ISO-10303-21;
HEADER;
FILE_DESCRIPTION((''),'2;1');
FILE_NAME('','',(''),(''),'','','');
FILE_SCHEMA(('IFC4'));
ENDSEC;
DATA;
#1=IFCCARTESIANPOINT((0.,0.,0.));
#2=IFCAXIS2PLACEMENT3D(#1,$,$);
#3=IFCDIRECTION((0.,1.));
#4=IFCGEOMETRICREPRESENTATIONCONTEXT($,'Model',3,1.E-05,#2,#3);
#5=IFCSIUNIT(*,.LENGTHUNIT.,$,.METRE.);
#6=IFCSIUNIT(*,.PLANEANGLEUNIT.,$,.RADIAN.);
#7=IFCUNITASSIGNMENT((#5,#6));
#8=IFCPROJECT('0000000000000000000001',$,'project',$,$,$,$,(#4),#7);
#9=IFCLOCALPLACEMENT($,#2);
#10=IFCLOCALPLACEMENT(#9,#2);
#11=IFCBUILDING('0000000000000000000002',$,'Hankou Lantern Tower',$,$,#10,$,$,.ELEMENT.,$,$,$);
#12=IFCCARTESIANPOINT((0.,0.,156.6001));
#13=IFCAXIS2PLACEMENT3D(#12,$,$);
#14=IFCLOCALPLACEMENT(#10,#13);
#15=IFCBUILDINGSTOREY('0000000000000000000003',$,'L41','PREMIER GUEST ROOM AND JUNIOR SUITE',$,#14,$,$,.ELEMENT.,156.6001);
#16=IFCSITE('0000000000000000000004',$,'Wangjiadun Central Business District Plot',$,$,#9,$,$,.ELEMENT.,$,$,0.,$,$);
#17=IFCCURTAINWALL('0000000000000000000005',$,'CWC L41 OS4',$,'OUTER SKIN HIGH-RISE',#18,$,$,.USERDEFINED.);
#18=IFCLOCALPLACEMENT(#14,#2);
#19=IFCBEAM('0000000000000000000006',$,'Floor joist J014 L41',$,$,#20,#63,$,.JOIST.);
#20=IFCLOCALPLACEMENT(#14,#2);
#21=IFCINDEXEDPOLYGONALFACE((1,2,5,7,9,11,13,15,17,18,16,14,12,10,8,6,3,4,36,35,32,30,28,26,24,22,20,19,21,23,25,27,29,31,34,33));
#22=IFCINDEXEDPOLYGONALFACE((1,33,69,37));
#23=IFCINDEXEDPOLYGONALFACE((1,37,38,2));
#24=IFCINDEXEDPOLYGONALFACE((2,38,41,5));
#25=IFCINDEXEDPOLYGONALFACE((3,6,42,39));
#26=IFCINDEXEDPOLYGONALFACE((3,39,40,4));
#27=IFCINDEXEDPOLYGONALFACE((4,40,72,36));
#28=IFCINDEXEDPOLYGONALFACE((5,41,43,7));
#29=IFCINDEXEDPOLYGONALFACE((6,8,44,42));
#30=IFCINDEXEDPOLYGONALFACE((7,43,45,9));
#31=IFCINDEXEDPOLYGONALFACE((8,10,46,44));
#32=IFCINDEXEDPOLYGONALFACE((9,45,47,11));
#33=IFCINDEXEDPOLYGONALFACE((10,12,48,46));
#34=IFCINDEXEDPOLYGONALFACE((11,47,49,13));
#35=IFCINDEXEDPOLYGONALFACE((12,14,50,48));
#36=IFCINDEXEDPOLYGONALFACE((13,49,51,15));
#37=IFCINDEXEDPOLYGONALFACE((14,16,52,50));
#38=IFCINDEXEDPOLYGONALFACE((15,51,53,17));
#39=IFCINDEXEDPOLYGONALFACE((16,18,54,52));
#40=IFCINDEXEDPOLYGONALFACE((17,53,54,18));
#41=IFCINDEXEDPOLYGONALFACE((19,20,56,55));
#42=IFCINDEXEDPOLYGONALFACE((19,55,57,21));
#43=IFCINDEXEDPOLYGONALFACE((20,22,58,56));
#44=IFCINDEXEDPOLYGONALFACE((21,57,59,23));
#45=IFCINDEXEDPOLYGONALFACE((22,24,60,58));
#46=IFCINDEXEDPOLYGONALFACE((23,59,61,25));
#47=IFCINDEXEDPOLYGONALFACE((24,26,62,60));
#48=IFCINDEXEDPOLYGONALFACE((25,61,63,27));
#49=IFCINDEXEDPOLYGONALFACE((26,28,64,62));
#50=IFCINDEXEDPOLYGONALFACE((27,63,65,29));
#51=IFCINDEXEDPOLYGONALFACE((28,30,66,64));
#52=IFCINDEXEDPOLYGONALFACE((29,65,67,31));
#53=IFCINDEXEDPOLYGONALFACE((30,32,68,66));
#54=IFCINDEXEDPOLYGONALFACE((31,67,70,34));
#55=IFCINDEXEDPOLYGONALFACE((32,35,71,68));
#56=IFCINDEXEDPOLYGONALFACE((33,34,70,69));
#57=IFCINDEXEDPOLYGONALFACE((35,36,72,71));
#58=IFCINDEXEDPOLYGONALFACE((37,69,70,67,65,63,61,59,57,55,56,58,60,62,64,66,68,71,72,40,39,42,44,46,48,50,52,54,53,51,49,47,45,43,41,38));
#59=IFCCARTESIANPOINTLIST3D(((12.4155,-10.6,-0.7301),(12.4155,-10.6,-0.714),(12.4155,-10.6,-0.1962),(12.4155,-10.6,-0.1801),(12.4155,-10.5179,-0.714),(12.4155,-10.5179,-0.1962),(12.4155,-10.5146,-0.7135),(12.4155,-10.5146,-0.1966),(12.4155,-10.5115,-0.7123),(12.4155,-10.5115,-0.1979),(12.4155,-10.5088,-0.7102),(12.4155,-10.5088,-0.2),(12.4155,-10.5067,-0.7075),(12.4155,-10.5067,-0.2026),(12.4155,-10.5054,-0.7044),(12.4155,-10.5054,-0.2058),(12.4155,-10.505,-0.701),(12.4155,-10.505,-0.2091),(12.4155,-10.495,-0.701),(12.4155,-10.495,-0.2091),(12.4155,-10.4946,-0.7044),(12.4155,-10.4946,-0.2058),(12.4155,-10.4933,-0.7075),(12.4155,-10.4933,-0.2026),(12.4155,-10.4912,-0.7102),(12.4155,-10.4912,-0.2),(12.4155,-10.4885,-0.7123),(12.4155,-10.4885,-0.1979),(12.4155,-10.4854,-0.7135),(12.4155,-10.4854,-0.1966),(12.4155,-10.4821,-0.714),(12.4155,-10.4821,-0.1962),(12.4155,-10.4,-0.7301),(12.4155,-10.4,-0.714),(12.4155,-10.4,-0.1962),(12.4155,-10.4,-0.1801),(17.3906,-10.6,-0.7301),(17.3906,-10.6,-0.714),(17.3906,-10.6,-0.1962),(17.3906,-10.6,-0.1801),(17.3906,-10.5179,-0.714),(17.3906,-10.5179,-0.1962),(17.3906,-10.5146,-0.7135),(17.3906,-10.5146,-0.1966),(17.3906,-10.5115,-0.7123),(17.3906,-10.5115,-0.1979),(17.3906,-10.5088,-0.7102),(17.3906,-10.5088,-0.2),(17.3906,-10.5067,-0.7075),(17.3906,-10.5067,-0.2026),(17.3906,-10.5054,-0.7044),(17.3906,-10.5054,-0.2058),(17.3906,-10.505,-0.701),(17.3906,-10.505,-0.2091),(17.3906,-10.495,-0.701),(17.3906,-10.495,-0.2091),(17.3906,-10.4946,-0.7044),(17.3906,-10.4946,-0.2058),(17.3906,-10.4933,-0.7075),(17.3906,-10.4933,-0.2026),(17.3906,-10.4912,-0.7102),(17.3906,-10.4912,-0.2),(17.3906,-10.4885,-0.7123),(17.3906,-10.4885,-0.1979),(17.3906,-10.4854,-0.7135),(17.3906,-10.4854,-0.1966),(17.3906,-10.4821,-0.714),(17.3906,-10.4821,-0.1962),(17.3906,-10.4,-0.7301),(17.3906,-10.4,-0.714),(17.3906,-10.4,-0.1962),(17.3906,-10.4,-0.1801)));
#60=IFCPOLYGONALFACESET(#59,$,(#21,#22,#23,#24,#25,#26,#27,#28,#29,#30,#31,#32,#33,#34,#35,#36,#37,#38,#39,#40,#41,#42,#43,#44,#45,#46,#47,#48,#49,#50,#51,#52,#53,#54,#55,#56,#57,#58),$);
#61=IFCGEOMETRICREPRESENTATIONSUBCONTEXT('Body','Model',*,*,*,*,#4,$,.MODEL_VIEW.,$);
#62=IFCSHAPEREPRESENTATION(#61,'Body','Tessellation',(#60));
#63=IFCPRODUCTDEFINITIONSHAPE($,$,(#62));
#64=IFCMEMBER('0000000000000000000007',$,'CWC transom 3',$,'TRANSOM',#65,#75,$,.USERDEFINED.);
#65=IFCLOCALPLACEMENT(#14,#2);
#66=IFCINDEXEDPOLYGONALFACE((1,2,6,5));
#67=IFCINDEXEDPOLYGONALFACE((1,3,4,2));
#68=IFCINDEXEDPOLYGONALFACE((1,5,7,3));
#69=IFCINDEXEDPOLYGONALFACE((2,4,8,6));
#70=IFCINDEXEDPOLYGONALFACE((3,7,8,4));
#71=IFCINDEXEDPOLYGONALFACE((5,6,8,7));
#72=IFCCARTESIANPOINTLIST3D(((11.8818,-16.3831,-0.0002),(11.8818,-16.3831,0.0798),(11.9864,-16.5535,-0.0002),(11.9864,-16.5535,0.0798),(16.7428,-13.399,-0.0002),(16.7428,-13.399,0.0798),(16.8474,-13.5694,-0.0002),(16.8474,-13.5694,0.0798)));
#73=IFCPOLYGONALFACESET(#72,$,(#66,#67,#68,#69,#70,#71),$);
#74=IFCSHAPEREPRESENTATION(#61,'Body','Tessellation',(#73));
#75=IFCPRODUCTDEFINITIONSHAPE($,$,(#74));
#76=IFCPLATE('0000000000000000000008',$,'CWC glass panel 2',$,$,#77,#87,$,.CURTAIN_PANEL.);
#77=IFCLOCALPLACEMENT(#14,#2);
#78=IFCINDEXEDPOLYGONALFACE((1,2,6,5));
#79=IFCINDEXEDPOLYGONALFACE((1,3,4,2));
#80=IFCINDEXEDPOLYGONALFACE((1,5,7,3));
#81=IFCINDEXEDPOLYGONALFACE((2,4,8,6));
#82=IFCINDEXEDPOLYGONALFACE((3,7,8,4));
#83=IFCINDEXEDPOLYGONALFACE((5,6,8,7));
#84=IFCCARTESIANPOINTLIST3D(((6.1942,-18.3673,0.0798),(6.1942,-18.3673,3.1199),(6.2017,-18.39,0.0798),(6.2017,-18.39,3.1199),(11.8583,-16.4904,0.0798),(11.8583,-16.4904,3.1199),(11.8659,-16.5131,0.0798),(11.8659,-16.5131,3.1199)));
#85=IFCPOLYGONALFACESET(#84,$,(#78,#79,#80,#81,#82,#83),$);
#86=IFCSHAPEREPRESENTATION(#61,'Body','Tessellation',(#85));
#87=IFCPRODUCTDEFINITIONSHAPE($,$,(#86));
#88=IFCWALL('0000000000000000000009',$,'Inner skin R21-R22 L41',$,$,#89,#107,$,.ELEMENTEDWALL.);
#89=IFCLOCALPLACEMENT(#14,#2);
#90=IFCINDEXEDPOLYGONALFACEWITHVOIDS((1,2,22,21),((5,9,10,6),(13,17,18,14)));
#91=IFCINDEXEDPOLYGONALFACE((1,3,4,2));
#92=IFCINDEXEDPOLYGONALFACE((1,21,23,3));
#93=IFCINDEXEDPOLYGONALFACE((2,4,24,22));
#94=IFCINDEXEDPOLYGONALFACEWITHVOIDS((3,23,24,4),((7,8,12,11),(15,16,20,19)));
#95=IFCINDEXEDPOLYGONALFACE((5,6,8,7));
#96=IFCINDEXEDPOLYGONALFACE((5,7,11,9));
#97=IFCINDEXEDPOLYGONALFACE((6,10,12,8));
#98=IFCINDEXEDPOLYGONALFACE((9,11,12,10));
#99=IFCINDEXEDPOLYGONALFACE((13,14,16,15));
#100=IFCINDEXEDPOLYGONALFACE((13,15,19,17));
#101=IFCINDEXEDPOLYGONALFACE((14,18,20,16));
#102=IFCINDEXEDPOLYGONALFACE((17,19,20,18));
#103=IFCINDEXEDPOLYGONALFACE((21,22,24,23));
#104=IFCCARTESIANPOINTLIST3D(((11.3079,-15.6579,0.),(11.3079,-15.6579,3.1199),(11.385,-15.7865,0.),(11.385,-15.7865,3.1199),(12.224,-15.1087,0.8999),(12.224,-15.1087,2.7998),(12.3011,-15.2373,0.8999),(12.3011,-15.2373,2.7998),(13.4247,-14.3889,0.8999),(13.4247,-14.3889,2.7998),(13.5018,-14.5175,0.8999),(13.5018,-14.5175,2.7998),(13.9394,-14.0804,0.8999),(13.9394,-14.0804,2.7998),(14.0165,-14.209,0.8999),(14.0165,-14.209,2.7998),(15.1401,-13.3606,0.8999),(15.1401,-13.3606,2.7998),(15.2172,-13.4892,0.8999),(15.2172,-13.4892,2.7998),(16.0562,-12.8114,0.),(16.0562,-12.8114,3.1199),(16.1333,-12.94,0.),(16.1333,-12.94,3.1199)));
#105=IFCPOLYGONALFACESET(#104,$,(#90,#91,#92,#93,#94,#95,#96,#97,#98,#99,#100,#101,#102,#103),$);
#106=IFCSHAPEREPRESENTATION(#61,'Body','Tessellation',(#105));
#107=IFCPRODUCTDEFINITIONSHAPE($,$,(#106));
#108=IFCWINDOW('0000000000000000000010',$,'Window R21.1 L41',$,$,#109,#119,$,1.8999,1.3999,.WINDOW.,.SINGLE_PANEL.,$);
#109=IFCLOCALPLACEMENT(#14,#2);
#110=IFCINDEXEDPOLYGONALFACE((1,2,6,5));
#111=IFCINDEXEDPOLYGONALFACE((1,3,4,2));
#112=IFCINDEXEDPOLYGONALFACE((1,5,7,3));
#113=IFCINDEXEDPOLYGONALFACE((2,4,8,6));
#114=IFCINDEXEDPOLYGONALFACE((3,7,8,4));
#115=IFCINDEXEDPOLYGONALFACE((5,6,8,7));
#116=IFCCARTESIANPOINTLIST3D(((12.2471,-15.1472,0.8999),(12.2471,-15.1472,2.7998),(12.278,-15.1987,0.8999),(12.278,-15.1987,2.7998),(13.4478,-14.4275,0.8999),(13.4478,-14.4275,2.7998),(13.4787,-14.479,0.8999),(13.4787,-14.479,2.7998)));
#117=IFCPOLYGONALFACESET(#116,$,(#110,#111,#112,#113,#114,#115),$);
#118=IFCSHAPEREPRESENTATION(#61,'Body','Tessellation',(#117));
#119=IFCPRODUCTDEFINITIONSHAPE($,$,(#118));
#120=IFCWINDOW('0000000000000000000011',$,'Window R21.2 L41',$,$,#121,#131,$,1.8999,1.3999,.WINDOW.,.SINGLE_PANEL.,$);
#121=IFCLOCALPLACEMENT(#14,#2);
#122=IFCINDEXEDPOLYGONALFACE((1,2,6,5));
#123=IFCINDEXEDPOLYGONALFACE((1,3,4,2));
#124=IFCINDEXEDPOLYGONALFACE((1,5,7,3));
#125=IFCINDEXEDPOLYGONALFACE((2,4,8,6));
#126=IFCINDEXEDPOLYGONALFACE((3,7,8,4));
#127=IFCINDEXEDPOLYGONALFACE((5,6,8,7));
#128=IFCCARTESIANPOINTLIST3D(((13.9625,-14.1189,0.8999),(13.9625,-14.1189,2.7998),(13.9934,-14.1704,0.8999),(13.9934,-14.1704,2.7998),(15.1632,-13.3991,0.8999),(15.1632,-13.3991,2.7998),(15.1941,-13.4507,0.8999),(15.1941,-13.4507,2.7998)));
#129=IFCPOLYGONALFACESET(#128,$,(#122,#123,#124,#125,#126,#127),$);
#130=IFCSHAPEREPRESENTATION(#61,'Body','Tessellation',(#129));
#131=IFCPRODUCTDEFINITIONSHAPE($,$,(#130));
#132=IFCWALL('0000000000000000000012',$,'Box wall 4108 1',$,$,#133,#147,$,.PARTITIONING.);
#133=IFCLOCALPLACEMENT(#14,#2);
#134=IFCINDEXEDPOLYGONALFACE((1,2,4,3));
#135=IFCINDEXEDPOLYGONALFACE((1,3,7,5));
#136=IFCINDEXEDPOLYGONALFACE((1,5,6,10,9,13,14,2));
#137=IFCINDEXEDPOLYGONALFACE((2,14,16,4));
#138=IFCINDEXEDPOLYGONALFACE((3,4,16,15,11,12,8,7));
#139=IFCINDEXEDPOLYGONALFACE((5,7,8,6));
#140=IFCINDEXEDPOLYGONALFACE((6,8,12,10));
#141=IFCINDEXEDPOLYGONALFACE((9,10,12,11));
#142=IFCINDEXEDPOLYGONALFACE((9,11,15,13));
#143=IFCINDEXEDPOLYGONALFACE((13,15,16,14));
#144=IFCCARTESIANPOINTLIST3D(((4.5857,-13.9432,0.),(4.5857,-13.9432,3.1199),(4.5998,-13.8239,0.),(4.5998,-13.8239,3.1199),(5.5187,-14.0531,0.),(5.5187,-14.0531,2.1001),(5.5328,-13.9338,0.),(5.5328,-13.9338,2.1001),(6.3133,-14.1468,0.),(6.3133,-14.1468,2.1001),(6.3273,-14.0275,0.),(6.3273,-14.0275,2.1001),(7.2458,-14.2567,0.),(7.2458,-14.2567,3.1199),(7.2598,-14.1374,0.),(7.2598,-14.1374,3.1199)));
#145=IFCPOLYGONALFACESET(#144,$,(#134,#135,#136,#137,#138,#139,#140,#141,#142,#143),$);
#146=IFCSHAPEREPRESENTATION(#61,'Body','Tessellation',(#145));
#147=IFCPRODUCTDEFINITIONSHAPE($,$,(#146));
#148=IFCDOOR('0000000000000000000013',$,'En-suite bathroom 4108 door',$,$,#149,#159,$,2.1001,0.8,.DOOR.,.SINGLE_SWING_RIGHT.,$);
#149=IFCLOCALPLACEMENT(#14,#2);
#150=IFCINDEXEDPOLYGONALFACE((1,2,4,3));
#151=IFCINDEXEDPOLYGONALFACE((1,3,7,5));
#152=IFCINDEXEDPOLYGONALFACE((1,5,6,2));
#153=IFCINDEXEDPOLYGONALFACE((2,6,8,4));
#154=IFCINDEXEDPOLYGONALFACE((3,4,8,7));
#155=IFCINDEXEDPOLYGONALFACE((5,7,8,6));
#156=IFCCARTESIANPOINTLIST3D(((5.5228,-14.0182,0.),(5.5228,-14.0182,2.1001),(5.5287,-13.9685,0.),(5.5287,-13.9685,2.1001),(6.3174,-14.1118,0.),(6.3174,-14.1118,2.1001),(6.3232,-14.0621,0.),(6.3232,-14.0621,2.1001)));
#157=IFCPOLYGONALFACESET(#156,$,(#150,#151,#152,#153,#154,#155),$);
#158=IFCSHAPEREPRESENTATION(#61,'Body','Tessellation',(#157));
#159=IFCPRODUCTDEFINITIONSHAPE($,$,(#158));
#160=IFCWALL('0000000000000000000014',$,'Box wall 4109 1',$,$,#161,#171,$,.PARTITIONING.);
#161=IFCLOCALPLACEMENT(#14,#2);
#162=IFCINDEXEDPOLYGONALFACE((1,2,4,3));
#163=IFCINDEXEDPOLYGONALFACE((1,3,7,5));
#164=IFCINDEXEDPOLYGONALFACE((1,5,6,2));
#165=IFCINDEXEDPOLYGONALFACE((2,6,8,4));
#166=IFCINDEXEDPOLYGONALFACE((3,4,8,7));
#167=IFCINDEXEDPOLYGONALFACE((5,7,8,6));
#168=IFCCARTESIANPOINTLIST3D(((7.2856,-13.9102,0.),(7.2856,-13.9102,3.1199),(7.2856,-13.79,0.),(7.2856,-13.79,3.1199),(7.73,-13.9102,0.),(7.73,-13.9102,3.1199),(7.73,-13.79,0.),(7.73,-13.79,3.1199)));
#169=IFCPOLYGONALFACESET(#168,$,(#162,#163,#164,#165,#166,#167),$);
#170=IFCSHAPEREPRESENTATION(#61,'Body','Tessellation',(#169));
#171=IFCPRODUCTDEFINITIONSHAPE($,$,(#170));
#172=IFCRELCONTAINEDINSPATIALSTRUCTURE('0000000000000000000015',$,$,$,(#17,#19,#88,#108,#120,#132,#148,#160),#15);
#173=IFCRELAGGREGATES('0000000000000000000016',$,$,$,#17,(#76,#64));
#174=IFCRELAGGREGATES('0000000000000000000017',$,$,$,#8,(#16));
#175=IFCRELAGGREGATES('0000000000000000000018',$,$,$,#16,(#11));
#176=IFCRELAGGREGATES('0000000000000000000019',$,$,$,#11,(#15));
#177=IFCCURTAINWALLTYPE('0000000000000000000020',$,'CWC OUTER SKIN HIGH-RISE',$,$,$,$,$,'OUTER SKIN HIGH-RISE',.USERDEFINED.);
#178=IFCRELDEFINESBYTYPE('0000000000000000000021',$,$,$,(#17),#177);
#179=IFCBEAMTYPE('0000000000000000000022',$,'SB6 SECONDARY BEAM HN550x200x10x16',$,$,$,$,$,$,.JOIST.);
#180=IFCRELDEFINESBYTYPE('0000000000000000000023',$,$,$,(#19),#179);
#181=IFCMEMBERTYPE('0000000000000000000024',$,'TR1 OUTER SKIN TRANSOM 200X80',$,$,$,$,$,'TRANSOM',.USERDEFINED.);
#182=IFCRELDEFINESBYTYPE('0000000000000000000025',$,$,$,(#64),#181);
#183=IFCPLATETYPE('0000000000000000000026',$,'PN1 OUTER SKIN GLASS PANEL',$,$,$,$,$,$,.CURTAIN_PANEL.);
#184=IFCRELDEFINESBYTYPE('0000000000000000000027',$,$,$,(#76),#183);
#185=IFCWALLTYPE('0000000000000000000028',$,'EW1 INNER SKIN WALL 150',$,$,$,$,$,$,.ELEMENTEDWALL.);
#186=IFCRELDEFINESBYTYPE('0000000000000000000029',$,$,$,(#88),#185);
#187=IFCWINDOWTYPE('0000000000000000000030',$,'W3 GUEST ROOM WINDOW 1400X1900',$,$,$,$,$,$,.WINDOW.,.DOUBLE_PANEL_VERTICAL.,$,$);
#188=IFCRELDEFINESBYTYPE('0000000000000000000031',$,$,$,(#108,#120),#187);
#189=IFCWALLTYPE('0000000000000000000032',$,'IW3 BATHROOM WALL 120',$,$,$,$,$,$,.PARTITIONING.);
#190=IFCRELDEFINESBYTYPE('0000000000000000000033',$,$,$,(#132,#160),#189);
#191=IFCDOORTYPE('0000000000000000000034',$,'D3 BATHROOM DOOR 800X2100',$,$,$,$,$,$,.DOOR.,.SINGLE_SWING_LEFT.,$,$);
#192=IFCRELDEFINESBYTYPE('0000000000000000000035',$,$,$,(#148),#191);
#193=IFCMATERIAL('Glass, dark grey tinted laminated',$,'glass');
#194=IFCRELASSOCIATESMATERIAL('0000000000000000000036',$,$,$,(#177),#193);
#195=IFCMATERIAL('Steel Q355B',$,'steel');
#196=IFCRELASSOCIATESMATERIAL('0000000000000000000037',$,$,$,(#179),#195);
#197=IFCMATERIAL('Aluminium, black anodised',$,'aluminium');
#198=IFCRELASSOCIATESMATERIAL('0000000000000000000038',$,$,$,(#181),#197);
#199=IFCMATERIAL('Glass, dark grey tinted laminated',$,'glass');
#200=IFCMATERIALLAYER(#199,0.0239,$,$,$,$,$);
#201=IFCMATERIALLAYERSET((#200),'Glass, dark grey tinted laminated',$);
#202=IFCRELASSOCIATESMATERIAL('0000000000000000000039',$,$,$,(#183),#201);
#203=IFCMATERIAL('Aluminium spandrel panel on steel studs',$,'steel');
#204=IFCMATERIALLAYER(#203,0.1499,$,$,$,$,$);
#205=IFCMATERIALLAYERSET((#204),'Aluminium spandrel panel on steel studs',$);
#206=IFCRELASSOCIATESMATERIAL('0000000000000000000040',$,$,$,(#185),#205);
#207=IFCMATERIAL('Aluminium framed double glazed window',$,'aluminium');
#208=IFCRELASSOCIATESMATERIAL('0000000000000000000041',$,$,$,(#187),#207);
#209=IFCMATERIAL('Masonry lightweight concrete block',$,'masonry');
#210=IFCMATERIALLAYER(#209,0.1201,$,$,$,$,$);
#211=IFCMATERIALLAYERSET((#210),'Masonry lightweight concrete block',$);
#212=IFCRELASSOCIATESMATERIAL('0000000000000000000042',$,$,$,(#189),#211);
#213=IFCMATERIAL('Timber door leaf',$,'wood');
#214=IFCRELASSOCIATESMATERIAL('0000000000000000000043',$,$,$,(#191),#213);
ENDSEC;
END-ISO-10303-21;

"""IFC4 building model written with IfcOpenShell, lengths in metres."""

from ifc_helpers import new_model, si_unit, direction, frame, frame_2d, origin, origin_2d, place, context, subcontext, project, spatial, rectangle, i_section, extrude, material, layer, layer_set, material_profile, profile_set, type_object, element, fill, aggregate, save


model = new_model("IFC4")

# Units and contexts
model_context = context("Model", 3, precision=1e-05, world=origin(), true_north=direction((0.0, 1.0)))
body_context = subcontext(model_context, "Body", "Model", "MODEL_VIEW")
ifc_project = project(units=[si_unit("LENGTHUNIT", "METRE"), si_unit("PLANEANGLEUNIT", "RADIAN")], contexts=[model_context])

# Site, building, storey
site_placement = place(None, origin())
site = spatial("IfcSite", under=ifc_project, at=site_placement, Name="Wangjiadun Central Business District Plot", CompositionType="ELEMENT", RefElevation=0.0)
building_placement = place(site_placement, origin())
building = spatial("IfcBuilding", under=site, at=building_placement, Name="Hankou Lantern Tower", CompositionType="ELEMENT")
storey_placement = place(building_placement, frame((0.0, 0.0, 156.6001)))
storey = spatial("IfcBuildingStorey", under=building, at=storey_placement, Name="L41", Description="PREMIER GUEST ROOM AND JUNIOR SUITE", CompositionType="ELEMENT", Elevation=156.6001)

# Curtain wall
ifc_material_1 = material(Name="Glass, dark grey tinted laminated", Category="glass")
curtain_wall_type = type_object("IfcCurtainWallType", Name="CWC OUTER SKIN HIGH-RISE", ElementType="OUTER SKIN HIGH-RISE", PredefinedType="USERDEFINED", material=ifc_material_1)
curtain_wall_placement = place(storey_placement, origin())
curtain_wall = element("IfcCurtainWall", 1, at=curtain_wall_placement, inside=storey, type_object=curtain_wall_type, Name="CWC L41 OS4", ObjectType="OUTER SKIN HIGH-RISE", PredefinedType="USERDEFINED")

# Beam
ifc_material_2 = material(Name="Steel Q355B", Category="steel")
ifc_material_profile_1 = material_profile(ifc_material_2, i_section(OverallWidth=0.2, OverallDepth=0.55, WebThickness=0.01, FlangeThickness=0.0161, FilletRadius=0.0129, at=origin_2d()), Name="HN550x200x10x16")
ifc_profile_set_1 = profile_set([ifc_material_profile_1], Name="Steel Q355B")
beam_type_1 = type_object("IfcBeamType", Name="SB6 SECONDARY BEAM HN550x200x10x16", PredefinedType="JOIST", material=ifc_profile_set_1)
beam_1_placement = place(storey_placement, frame((12.4155, -10.5, -0.4551), z_axis=(1.0, 0.0, 0.0), x_axis=(0.0, 1.0, 0.0)))
element("IfcBeam", 2, at=beam_1_placement, inside=storey, type_object=beam_type_1, Name="Floor joist J014 L41", PredefinedType="JOIST", context=body_context, shape_type="SweptSolid", body=[
    extrude(i_section(OverallWidth=0.2, OverallDepth=0.55, WebThickness=0.01, FlangeThickness=0.0161, FilletRadius=0.0129, at=origin_2d()), origin(), (0.0, 0.0, 1.0), 4.9751),
])

# Member
ifc_material_3 = material(Name="Aluminium, black anodised", Category="aluminium")
ifc_material_profile_2 = material_profile(ifc_material_3, rectangle(XDim=0.2, YDim=0.0801, at=origin_2d()), Name="TR1 200X80")
ifc_profile_set_2 = profile_set([ifc_material_profile_2], Name="Aluminium, black anodised")
member_type_1 = type_object("IfcMemberType", Name="TR1 OUTER SKIN TRANSOM 200X80", ElementType="TRANSOM", PredefinedType="USERDEFINED", material=ifc_profile_set_2)
member_1_placement = place(storey_placement, frame((11.9341, -16.4683, 0.0398), z_axis=(0.852229, 0.523168, 0.0), x_axis=(-0.523168, 0.852229, 0.0)))
member_1 = element("IfcMember", 3, at=member_1_placement, type_object=member_type_1, Name="CWC transom 3", ObjectType="TRANSOM", PredefinedType="USERDEFINED", context=body_context, shape_type="SweptSolid", body=[
    extrude(rectangle(XDim=0.2, YDim=0.0801, at=origin_2d()), origin(), (0.0, 0.0, 1.0), 5.7039),
])

# Plate
ifc_material_4 = material(Name="Glass, dark grey tinted laminated", Category="glass")
ifc_layer_1 = layer(ifc_material_4, 0.0239)
ifc_layer_set_1 = layer_set([ifc_layer_1], Name="Glass, dark grey tinted laminated")
plate_type = type_object("IfcPlateType", Name="PN1 OUTER SKIN GLASS PANEL", PredefinedType="CURTAIN_PANEL", material=ifc_layer_set_1)
plate_placement = place(storey_placement, frame((9.03, -17.4402, 0.0798), z_axis=(0.0, 0.0, 1.0), x_axis=(0.949241, 0.314551, 0.0)))
plate = element("IfcPlate", 4, at=plate_placement, type_object=plate_type, Name="CWC glass panel 2", PredefinedType="CURTAIN_PANEL", context=body_context, shape_type="SweptSolid", body=[
    extrude(rectangle(XDim=5.967, YDim=0.0239, at=origin_2d()), origin(), (0.0, 0.0, 1.0), 3.04),
])
aggregate(curtain_wall, [plate, member_1])

# Wall, openings, windows
ifc_material_5 = material(Name="Aluminium spandrel panel on steel studs", Category="steel")
ifc_layer_2 = layer(ifc_material_5, 0.1499)
ifc_layer_set_2 = layer_set([ifc_layer_2], Name="Aluminium spandrel panel on steel studs")
wall_type_1 = type_object("IfcWallType", Name="EW1 INNER SKIN WALL 150", PredefinedType="ELEMENTEDWALL", material=ifc_layer_set_2)
wall_1_placement = place(storey_placement, frame((11.3464, -15.7222, 0.0), z_axis=(0.0, 0.0, 1.0), x_axis=(0.857695, 0.514158, 0.0)))
wall_1 = element("IfcWall", 5, at=wall_1_placement, inside=storey, type_object=wall_type_1, Name="Inner skin R21-R22 L41", PredefinedType="ELEMENTEDWALL", context=body_context, shape_type="SweptSolid", body=[
    extrude(rectangle(XDim=5.5361, YDim=0.1499, at=frame_2d((2.7681, 0.0))), origin(), (0.0, 0.0, 1.0), 3.1199),
])
opening_1_placement = place(wall_1_placement, frame((1.0681, 0.0, 0.8999)))
opening_1 = element("IfcOpeningElement", 6, at=opening_1_placement, cuts=wall_1, PredefinedType="OPENING", context=body_context, shape_type="SweptSolid", body=[
    extrude(rectangle(XDim=1.3999, YDim=1.8999, at=frame_2d((0.7, 0.95))), frame((0.0, 0.085, 0.0), z_axis=(0.0, -1.0, 0.0), x_axis=(1.0, 0.0, 0.0)), (0.0, 0.0, 1.0), 0.1699),
])
opening_2_placement = place(wall_1_placement, frame((3.0681, 0.0, 0.8999)))
opening_2 = element("IfcOpeningElement", 7, at=opening_2_placement, cuts=wall_1, PredefinedType="OPENING", context=body_context, shape_type="SweptSolid", body=[
    extrude(rectangle(XDim=1.3999, YDim=1.8999, at=frame_2d((0.7, 0.95))), frame((0.0, 0.085, 0.0), z_axis=(0.0, -1.0, 0.0), x_axis=(1.0, 0.0, 0.0)), (0.0, 0.0, 1.0), 0.1699),
])
ifc_material_6 = material(Name="Aluminium framed double glazed window", Category="aluminium")
window_type = type_object("IfcWindowType", Name="W3 GUEST ROOM WINDOW 1400X1900", PartitioningType="DOUBLE_PANEL_VERTICAL", PredefinedType="WINDOW", material=ifc_material_6)
window_1_placement = place(opening_1_placement, origin())
window_1 = element("IfcWindow", 8, at=window_1_placement, inside=storey, type_object=window_type, Name="Window R21.1 L41", OverallHeight=1.8999, OverallWidth=1.3999, PartitioningType="SINGLE_PANEL", PredefinedType="WINDOW", context=body_context, shape_type="SweptSolid", body=[
    extrude(rectangle(XDim=1.3999, YDim=1.8999, at=frame_2d((0.7, 0.95))), frame((0.0, 0.03, 0.0), z_axis=(0.0, -1.0, 0.0), x_axis=(1.0, 0.0, 0.0)), (0.0, 0.0, 1.0), 0.0601),
])
fill(opening_1, window_1)
window_2_placement = place(opening_2_placement, origin())
window_2 = element("IfcWindow", 9, at=window_2_placement, inside=storey, type_object=window_type, Name="Window R21.2 L41", OverallHeight=1.8999, OverallWidth=1.3999, PartitioningType="SINGLE_PANEL", PredefinedType="WINDOW", context=body_context, shape_type="SweptSolid", body=[
    extrude(rectangle(XDim=1.3999, YDim=1.8999, at=frame_2d((0.7, 0.95))), frame((0.0, 0.03, 0.0), z_axis=(0.0, -1.0, 0.0), x_axis=(1.0, 0.0, 0.0)), (0.0, 0.0, 1.0), 0.0601),
])
fill(opening_2, window_2)

# Wall, opening, door
ifc_material_7 = material(Name="Masonry lightweight concrete block", Category="masonry")
ifc_layer_3 = layer(ifc_material_7, 0.1201)
ifc_layer_set_3 = layer_set([ifc_layer_3], Name="Masonry lightweight concrete block")
wall_type_2 = type_object("IfcWallType", Name="IW3 BATHROOM WALL 120", PredefinedType="PARTITIONING", material=ifc_layer_set_3)
wall_2_placement = place(storey_placement, frame((7.2529, -14.197, 0.0), z_axis=(0.0, 0.0, 1.0), x_axis=(-0.993128, 0.117032, 0.0)))
wall_2 = element("IfcWall", 10, at=wall_2_placement, inside=storey, type_object=wall_type_2, Name="Box wall 4108 1", PredefinedType="PARTITIONING", context=body_context, shape_type="SweptSolid", body=[
    extrude(rectangle(XDim=2.6785, YDim=0.1201, at=frame_2d((1.3394, 0.0))), origin(), (0.0, 0.0, 1.0), 3.1199),
])
opening_3_placement = place(wall_2_placement, frame((0.9392, 0.0, 0.0)))
opening_3 = element("IfcOpeningElement", 11, at=opening_3_placement, cuts=wall_2, PredefinedType="OPENING", context=body_context, shape_type="SweptSolid", body=[
    extrude(rectangle(XDim=0.8, YDim=2.1001, at=frame_2d((0.3999, 1.05))), frame((0.0, 0.0701, 0.0), z_axis=(0.0, -1.0, 0.0), x_axis=(1.0, 0.0, 0.0)), (0.0, 0.0, 1.0), 0.1401),
])
ifc_material_8 = material(Name="Timber door leaf", Category="wood")
door_type = type_object("IfcDoorType", Name="D3 BATHROOM DOOR 800X2100", OperationType="SINGLE_SWING_LEFT", PredefinedType="DOOR", material=ifc_material_8)
door_1_placement = place(opening_3_placement, origin())
door_1 = element("IfcDoor", 12, at=door_1_placement, inside=storey, type_object=door_type, Name="En-suite bathroom 4108 door", OperationType="SINGLE_SWING_RIGHT", OverallHeight=2.1001, OverallWidth=0.8, PredefinedType="DOOR", context=body_context, shape_type="SweptSolid", body=[
    extrude(rectangle(XDim=0.8, YDim=2.1001, at=frame_2d((0.3999, 1.05))), frame((0.0, 0.0249, 0.0), z_axis=(0.0, -1.0, 0.0), x_axis=(1.0, 0.0, 0.0)), (0.0, 0.0, 1.0), 0.05),
])
fill(opening_3, door_1)

# Wall
wall_3_placement = place(storey_placement, frame((7.2856, -13.8501, 0.0), z_axis=(0.0, 0.0, 1.0), x_axis=(1.0, 0.0, 0.0)))
element("IfcWall", 13, at=wall_3_placement, inside=storey, type_object=wall_type_2, Name="Box wall 4109 1", PredefinedType="PARTITIONING", context=body_context, shape_type="SweptSolid", body=[
    extrude(rectangle(XDim=0.4443, YDim=0.1201, at=frame_2d((0.2222, 0.0))), origin(), (0.0, 0.0, 1.0), 3.1199),
])

save(model, "model.ifc")
